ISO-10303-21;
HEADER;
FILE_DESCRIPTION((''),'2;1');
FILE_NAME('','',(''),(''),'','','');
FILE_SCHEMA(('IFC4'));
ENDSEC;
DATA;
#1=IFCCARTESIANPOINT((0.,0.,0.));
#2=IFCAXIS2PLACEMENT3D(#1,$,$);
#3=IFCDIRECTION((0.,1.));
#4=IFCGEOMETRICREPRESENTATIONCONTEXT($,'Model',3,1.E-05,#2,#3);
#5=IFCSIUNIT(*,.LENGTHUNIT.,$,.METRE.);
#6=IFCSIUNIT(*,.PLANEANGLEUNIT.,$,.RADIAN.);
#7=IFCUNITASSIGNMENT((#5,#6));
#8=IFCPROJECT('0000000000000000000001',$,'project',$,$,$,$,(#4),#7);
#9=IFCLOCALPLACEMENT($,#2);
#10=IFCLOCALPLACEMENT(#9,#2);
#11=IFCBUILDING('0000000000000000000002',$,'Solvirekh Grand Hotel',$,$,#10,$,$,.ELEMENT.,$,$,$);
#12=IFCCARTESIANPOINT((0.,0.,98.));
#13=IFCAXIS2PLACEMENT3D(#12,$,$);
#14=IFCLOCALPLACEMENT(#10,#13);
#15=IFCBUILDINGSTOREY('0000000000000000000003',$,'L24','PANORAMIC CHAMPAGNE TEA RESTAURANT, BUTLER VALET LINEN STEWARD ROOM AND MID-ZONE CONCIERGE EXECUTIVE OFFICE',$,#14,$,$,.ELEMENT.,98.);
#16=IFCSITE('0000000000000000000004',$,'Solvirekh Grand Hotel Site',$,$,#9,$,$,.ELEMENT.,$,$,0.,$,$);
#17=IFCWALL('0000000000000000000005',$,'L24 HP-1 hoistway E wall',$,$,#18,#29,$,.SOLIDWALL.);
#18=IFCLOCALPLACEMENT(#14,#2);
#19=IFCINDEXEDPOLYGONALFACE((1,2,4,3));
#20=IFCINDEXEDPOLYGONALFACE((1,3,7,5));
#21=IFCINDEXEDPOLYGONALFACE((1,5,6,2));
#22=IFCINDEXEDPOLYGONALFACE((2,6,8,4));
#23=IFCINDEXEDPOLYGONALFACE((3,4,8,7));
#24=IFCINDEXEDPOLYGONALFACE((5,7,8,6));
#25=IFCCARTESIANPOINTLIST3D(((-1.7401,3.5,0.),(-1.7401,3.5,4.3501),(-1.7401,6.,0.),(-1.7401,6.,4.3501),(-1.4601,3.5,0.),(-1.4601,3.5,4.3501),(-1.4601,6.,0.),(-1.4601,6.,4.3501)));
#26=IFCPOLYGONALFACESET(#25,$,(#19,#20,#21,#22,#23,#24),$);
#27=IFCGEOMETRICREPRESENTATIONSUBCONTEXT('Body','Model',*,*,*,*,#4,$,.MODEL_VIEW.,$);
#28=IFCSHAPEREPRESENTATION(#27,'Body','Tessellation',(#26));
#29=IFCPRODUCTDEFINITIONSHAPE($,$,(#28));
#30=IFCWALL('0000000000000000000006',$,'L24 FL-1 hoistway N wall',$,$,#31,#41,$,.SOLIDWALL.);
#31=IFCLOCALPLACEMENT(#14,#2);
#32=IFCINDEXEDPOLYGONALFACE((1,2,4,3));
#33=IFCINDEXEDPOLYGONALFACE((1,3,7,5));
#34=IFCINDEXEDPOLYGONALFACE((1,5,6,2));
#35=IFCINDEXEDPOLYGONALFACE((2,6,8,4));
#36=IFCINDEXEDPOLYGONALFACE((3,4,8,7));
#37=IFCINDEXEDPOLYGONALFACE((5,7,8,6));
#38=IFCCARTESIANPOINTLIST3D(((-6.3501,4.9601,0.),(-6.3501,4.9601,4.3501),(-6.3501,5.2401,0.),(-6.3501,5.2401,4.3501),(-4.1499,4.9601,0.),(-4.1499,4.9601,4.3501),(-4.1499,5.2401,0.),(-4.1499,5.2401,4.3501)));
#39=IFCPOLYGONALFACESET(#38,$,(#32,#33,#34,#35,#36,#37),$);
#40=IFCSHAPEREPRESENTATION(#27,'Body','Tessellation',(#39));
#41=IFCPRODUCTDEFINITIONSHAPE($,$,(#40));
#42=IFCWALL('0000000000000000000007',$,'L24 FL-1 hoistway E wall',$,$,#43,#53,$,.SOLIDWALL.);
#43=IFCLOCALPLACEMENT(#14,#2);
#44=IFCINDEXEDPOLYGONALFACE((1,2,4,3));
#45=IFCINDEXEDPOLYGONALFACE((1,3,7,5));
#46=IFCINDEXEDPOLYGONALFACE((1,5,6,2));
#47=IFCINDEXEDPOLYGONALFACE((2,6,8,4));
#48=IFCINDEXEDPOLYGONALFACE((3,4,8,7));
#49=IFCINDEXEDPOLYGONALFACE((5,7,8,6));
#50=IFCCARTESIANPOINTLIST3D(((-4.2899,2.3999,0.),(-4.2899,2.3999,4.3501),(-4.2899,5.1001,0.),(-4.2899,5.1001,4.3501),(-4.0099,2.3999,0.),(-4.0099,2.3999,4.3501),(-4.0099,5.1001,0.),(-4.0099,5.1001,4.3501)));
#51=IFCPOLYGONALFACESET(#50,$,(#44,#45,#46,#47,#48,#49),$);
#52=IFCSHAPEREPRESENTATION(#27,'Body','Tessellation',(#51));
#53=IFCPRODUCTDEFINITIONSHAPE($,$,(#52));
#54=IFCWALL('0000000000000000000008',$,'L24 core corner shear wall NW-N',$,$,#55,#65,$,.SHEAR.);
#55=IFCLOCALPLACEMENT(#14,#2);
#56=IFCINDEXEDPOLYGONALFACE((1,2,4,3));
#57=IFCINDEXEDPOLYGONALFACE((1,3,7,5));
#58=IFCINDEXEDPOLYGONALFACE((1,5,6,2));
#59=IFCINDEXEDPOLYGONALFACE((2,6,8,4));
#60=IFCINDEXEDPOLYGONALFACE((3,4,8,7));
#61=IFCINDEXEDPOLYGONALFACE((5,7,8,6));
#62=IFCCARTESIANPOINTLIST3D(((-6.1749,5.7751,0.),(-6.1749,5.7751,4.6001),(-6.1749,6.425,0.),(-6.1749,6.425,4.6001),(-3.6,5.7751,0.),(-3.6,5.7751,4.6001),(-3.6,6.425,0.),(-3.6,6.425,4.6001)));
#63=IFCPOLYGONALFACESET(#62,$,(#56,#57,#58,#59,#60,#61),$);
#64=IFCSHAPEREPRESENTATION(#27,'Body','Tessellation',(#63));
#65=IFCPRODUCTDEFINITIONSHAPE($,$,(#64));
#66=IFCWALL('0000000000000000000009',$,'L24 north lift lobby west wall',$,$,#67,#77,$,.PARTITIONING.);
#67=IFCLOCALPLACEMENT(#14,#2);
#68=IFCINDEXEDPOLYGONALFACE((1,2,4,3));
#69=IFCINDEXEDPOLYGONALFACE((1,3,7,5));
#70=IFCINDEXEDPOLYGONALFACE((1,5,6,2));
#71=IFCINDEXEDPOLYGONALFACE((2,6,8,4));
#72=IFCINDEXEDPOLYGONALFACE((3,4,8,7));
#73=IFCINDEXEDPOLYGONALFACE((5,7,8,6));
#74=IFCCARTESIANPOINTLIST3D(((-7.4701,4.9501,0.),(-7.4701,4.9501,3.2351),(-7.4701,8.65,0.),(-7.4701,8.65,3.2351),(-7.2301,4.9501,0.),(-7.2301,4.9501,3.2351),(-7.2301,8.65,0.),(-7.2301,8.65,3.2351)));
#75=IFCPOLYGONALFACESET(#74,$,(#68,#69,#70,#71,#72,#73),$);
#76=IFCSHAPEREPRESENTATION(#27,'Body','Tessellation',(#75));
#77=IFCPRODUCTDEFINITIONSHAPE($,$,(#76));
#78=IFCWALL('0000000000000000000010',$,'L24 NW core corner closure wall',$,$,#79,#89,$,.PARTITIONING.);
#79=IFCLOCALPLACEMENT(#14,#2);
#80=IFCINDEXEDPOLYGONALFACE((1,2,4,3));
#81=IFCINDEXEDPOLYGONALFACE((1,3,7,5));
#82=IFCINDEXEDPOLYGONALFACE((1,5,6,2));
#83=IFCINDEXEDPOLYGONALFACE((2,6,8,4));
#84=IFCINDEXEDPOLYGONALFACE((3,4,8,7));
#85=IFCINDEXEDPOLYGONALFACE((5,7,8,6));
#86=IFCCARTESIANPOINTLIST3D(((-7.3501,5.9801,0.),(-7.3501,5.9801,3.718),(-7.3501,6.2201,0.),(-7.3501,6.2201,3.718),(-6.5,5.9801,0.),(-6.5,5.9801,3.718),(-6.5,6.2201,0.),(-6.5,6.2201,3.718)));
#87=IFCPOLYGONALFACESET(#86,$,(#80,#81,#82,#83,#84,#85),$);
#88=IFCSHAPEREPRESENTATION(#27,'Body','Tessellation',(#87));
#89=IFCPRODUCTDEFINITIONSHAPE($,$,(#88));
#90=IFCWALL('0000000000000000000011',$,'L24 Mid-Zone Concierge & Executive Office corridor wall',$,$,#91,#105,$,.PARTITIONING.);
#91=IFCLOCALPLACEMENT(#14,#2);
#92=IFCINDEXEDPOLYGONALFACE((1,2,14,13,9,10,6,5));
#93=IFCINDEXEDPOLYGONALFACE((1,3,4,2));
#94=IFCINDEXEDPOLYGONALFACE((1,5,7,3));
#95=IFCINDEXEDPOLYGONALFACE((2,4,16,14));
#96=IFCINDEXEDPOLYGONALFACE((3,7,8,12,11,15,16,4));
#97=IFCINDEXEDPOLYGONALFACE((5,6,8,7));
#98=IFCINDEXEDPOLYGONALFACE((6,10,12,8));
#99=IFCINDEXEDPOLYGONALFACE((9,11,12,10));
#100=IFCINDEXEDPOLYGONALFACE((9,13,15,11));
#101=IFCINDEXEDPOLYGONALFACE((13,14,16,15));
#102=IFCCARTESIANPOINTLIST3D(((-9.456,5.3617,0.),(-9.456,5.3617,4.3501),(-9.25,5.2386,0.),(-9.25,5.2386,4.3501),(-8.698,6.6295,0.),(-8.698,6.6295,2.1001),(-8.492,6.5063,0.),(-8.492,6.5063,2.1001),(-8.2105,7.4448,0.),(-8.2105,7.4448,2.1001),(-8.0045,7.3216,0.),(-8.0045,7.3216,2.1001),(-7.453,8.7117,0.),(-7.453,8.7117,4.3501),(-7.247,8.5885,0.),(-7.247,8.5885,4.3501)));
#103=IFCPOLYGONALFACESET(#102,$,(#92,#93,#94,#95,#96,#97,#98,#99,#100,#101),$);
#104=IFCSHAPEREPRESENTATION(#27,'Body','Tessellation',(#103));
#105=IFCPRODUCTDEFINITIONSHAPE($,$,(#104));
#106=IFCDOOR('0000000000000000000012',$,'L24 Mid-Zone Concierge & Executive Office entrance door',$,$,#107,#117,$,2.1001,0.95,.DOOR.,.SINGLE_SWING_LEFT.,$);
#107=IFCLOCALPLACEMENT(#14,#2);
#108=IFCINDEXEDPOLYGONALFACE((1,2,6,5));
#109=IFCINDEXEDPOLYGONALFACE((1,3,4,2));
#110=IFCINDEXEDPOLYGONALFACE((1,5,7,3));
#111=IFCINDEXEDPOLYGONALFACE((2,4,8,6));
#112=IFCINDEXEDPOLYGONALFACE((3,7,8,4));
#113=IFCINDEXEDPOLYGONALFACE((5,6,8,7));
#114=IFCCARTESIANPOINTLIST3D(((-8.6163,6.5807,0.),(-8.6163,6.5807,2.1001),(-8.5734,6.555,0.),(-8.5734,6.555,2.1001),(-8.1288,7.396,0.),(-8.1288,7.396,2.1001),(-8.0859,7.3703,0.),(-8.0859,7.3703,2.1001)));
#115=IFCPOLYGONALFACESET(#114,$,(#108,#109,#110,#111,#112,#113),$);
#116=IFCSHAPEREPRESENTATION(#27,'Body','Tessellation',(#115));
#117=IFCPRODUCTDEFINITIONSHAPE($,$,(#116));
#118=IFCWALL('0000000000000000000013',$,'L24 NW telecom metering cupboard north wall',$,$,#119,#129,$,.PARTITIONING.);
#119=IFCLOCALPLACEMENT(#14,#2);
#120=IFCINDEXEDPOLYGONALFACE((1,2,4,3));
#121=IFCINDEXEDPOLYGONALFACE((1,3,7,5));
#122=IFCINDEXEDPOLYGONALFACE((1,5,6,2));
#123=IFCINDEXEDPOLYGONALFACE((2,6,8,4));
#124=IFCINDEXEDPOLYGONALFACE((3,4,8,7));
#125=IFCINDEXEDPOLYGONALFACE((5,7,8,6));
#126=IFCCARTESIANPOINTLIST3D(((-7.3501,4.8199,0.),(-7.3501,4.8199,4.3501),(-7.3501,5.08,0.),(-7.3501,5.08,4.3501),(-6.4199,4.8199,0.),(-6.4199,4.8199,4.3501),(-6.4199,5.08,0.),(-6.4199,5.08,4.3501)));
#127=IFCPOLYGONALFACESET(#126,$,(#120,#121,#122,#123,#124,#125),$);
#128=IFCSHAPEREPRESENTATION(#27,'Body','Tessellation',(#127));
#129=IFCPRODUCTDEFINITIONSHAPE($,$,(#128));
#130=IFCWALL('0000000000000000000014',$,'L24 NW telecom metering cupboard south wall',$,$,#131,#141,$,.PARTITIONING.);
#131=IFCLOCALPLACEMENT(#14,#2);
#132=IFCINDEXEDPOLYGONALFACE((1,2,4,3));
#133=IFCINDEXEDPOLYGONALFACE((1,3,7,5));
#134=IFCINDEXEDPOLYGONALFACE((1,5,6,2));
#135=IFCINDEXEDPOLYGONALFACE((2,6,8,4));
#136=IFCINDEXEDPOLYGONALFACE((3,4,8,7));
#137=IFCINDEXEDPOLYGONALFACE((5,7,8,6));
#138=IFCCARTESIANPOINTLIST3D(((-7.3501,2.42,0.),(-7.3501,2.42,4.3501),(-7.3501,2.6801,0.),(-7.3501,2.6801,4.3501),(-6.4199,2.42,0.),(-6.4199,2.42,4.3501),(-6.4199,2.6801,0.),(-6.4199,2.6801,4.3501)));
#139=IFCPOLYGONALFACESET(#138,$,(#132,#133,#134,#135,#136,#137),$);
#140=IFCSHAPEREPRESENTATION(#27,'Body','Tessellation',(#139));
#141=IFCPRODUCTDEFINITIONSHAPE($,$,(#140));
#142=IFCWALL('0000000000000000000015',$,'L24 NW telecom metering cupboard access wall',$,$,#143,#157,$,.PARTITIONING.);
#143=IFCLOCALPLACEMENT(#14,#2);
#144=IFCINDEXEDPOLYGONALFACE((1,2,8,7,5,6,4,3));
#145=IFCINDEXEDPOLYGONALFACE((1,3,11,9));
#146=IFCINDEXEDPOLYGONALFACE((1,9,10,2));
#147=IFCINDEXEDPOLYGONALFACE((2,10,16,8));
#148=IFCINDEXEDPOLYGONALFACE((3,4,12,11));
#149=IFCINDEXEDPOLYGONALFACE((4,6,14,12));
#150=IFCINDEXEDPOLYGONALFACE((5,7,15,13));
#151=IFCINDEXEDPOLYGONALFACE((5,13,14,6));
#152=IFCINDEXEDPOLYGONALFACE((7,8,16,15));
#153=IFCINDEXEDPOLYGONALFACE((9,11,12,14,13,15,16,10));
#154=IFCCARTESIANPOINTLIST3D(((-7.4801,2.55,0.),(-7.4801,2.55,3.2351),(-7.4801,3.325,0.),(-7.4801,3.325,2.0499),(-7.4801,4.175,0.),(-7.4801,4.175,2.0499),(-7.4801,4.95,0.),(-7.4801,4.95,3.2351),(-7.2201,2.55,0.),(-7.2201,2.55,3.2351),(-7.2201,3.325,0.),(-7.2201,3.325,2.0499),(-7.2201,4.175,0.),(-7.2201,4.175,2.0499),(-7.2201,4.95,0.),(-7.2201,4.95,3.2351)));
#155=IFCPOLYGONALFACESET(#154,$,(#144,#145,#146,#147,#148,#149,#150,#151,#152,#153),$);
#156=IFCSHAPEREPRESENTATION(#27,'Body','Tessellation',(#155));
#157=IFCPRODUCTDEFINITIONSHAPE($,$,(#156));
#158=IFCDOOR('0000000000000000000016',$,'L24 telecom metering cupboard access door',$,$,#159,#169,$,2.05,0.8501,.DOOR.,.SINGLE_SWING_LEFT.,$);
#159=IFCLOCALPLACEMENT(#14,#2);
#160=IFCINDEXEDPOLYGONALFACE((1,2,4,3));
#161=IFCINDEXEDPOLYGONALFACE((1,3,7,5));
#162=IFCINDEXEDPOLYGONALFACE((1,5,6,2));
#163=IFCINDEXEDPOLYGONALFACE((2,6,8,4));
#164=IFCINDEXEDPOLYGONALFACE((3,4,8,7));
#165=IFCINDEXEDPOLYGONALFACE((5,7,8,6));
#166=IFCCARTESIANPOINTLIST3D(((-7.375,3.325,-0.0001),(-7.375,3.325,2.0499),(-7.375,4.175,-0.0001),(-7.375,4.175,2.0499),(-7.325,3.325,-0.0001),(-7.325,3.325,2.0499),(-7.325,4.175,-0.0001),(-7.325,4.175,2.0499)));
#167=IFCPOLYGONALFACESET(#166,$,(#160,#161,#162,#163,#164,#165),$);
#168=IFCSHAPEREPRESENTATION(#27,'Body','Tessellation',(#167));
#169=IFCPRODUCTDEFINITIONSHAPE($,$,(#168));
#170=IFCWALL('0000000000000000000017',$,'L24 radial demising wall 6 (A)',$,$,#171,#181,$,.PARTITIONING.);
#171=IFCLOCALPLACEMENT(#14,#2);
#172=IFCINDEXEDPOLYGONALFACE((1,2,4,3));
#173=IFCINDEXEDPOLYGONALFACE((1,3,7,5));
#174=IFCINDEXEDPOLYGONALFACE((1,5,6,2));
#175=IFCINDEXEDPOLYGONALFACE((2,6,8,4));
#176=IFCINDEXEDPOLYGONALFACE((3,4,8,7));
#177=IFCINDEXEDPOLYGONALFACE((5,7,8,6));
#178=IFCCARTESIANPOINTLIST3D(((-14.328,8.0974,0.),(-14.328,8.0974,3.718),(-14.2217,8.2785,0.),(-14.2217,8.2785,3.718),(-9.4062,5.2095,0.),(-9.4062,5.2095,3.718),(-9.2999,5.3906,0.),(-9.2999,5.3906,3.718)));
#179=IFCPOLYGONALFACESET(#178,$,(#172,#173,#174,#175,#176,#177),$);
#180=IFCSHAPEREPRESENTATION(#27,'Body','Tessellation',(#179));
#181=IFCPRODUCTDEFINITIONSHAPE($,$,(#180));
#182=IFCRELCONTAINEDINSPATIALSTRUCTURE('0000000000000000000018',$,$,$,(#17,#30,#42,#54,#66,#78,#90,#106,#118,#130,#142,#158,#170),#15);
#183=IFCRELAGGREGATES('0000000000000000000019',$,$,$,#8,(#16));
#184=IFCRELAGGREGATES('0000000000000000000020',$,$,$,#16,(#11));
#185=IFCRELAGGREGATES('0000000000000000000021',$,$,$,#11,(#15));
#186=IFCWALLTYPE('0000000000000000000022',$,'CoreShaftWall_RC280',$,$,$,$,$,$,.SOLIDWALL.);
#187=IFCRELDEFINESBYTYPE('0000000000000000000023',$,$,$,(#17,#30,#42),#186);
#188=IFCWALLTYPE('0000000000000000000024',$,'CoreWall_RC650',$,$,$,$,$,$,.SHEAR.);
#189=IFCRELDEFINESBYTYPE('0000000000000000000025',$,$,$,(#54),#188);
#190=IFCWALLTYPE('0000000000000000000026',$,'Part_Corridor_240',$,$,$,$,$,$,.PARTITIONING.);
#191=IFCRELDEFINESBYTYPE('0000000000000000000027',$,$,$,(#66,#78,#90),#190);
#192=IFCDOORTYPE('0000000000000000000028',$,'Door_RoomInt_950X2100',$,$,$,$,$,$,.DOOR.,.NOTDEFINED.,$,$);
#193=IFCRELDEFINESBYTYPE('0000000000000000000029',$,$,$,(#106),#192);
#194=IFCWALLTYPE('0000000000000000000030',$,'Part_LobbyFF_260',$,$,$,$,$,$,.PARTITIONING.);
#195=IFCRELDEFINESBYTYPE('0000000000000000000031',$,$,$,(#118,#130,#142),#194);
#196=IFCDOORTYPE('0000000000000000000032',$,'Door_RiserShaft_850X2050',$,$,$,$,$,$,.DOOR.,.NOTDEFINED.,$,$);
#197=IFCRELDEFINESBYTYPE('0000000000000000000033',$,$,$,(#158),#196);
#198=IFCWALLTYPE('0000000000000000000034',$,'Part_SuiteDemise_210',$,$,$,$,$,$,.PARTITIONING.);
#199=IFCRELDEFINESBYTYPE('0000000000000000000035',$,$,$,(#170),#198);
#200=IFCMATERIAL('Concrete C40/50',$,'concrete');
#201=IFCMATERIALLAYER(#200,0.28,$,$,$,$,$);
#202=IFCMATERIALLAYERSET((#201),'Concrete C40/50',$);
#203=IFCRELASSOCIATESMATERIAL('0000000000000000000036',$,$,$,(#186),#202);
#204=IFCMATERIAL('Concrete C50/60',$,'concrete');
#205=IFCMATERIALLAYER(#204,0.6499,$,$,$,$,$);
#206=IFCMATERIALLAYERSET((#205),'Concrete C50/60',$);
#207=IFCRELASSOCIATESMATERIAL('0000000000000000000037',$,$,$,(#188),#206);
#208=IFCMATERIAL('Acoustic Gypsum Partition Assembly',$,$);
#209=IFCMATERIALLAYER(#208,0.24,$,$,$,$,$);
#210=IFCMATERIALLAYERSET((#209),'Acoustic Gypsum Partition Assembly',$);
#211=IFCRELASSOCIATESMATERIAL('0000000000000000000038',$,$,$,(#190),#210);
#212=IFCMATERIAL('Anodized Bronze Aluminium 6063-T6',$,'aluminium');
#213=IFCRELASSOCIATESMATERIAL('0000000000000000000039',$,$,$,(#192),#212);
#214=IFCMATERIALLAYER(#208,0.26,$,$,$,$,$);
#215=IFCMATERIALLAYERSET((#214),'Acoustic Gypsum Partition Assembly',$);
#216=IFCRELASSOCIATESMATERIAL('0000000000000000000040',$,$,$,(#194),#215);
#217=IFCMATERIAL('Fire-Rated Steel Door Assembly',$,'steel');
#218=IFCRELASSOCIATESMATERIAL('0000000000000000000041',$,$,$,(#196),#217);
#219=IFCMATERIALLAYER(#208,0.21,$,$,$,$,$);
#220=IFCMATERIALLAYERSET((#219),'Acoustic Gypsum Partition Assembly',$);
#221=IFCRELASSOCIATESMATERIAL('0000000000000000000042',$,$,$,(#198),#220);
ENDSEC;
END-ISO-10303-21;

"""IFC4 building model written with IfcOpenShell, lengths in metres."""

from ifc_helpers import new_model, si_unit, direction, frame, frame_2d, origin, place, context, subcontext, project, spatial, rectangle, extrude, material, layer, layer_set, type_object, element, fill, save


model = new_model("IFC4")

# Units and contexts
model_context = context("Model", 3, precision=1e-05, world=origin(), true_north=direction((0.0, 1.0)))
body_context = subcontext(model_context, "Body", "Model", "MODEL_VIEW")
ifc_project = project(units=[si_unit("LENGTHUNIT", "METRE"), si_unit("PLANEANGLEUNIT", "RADIAN")], contexts=[model_context])

# Site, building, storey
site_placement = place(None, origin())
site = spatial("IfcSite", under=ifc_project, at=site_placement, Name="Solvirekh Grand Hotel Site", CompositionType="ELEMENT", RefElevation=0.0)
building_placement = place(site_placement, origin())
building = spatial("IfcBuilding", under=site, at=building_placement, Name="Solvirekh Grand Hotel", CompositionType="ELEMENT")
storey_placement = place(building_placement, frame((0.0, 0.0, 98.0)))
storey = spatial("IfcBuildingStorey", under=building, at=storey_placement, Name="L24", Description="PANORAMIC CHAMPAGNE TEA RESTAURANT, BUTLER VALET LINEN STEWARD ROOM AND MID-ZONE CONCIERGE EXECUTIVE OFFICE", CompositionType="ELEMENT", Elevation=98.0)

# Shared definitions
ifc_material_1 = material(Name="Concrete C50/60", Category="concrete")

# Shared definitions
ifc_material_2 = material(Name="Concrete C40/50", Category="concrete")
ifc_layer_1 = layer(ifc_material_2, 0.28)
ifc_layer_set_1 = layer_set([ifc_layer_1], Name="Concrete C40/50")
wall_type_1 = type_object("IfcWallType", Name="CoreShaftWall_RC280", PredefinedType="SOLIDWALL", material=ifc_layer_set_1)
ifc_material_3 = material(Name="Fire-Rated Steel Door Assembly", Category="steel")

# Walls
for number, where, z_axis, x_axis, name in (
    (1, (-1.6001, 3.5, 0.0), (0.0, 0.0, 1.0), (0.0, 1.0, 0.0), "L24 HP-1 hoistway E wall"),
):
    element("IfcWall", number, at=place(storey_placement, frame(where, z_axis=z_axis, x_axis=x_axis)), inside=storey, type_object=wall_type_1, Name=name, PredefinedType="SOLIDWALL", context=body_context, shape_type="SweptSolid", body=[
        extrude(rectangle(XDim=2.5, YDim=0.28, at=frame_2d((1.25, 0.0))), origin(), (0.0, 0.0, 1.0), 4.3501),
    ])
wall_1_placement = place(storey_placement, frame((-4.1499, 5.1001, 0.0), z_axis=(0.0, 0.0, 1.0), x_axis=(-1.0, 0.0, 0.0)))
element("IfcWall", 2, at=wall_1_placement, inside=storey, type_object=wall_type_1, Name="L24 FL-1 hoistway N wall", PredefinedType="SOLIDWALL", context=body_context, shape_type="SweptSolid", body=[
    extrude(rectangle(XDim=2.2002, YDim=0.28, at=frame_2d((1.1001, 0.0))), origin(), (0.0, 0.0, 1.0), 4.3501),
])
wall_2_placement = place(storey_placement, frame((-4.1499, 2.3999, 0.0), z_axis=(0.0, 0.0, 1.0), x_axis=(0.0, 1.0, 0.0)))
element("IfcWall", 3, at=wall_2_placement, inside=storey, type_object=wall_type_1, Name="L24 FL-1 hoistway E wall", PredefinedType="SOLIDWALL", context=body_context, shape_type="SweptSolid", body=[
    extrude(rectangle(XDim=2.7002, YDim=0.28, at=frame_2d((1.3501, 0.0))), origin(), (0.0, 0.0, 1.0), 4.3501),
])
ifc_layer_2 = layer(ifc_material_1, 0.6499)
ifc_layer_set_2 = layer_set([ifc_layer_2], Name="Concrete C50/60")
wall_type_2 = type_object("IfcWallType", Name="CoreWall_RC650", PredefinedType="SHEAR", material=ifc_layer_set_2)
wall_3_placement = place(storey_placement, frame((-6.175, 6.1001, 0.0), z_axis=(0.0, 0.0, 1.0), x_axis=(1.0, 0.0, 0.0)))
element("IfcWall", 4, at=wall_3_placement, inside=storey, type_object=wall_type_2, Name="L24 core corner shear wall NW-N", PredefinedType="SHEAR", context=body_context, shape_type="SweptSolid", body=[
    extrude(rectangle(XDim=2.575, YDim=0.6499, at=frame_2d((1.2876, 0.0))), origin(), (0.0, 0.0, 1.0), 4.6001),
])
ifc_material_4 = material(Name="Acoustic Gypsum Partition Assembly")
ifc_layer_3 = layer(ifc_material_4, 0.24)
ifc_layer_set_3 = layer_set([ifc_layer_3], Name="Acoustic Gypsum Partition Assembly")
wall_type_3 = type_object("IfcWallType", Name="Part_Corridor_240", PredefinedType="PARTITIONING", material=ifc_layer_set_3)
wall_4_placement = place(storey_placement, frame((-7.3501, 4.95, 0.0), z_axis=(0.0, 0.0, 1.0), x_axis=(0.0, 1.0, 0.0)))
element("IfcWall", 5, at=wall_4_placement, inside=storey, type_object=wall_type_3, Name="L24 north lift lobby west wall", PredefinedType="PARTITIONING", context=body_context, shape_type="SweptSolid", body=[
    extrude(rectangle(XDim=3.7, YDim=0.24, at=frame_2d((1.8501, 0.0))), origin(), (0.0, 0.0, 1.0), 3.2351),
])
wall_5_placement = place(storey_placement, frame((-7.3501, 6.1001, 0.0), z_axis=(0.0, 0.0, 1.0), x_axis=(1.0, 0.0, 0.0)))
element("IfcWall", 6, at=wall_5_placement, inside=storey, type_object=wall_type_3, Name="L24 NW core corner closure wall", PredefinedType="PARTITIONING", context=body_context, shape_type="SweptSolid", body=[
    extrude(rectangle(XDim=0.8501, YDim=0.24, at=frame_2d((0.425, 0.0))), origin(), (0.0, 0.0, 1.0), 3.718),
])

# Wall, opening, door
wall_6_placement = place(storey_placement, frame((-9.353, 5.3, 0.0), z_axis=(0.0, 0.0, 1.0), x_axis=(0.51318, 0.858281, 0.0)))
wall_6 = element("IfcWall", 7, at=wall_6_placement, inside=storey, type_object=wall_type_3, Name="L24 Mid-Zone Concierge & Executive Office corridor wall", PredefinedType="PARTITIONING", context=body_context, shape_type="SweptSolid", body=[
    extrude(rectangle(XDim=3.9031, YDim=0.24, at=frame_2d((1.9517, 0.0))), origin(), (0.0, 0.0, 1.0), 4.3501),
])
opening_1_placement = place(wall_6_placement, frame((1.4771, 0.0, 0.0)))
opening_1 = element("IfcOpeningElement", 8, at=opening_1_placement, cuts=wall_6, PredefinedType="OPENING", context=body_context, shape_type="SweptSolid", body=[
    extrude(rectangle(XDim=0.95, YDim=2.1001, at=frame_2d((0.4751, 1.05))), frame((0.0, 0.1299, 0.0), z_axis=(0.0, -1.0, 0.0), x_axis=(1.0, 0.0, 0.0)), (0.0, 0.0, 1.0), 0.26),
])
ifc_material_5 = material(Name="Anodized Bronze Aluminium 6063-T6", Category="aluminium")
door_type_1 = type_object("IfcDoorType", Name="Door_RoomInt_950X2100", OperationType="NOTDEFINED", PredefinedType="DOOR", material=ifc_material_5)
door_1_placement = place(opening_1_placement, origin())
door_1 = element("IfcDoor", 9, at=door_1_placement, inside=storey, type_object=door_type_1, Name="L24 Mid-Zone Concierge & Executive Office entrance door", OperationType="SINGLE_SWING_LEFT", OverallHeight=2.1001, OverallWidth=0.95, PredefinedType="DOOR", context=body_context, shape_type="SweptSolid", body=[
    extrude(rectangle(XDim=0.95, YDim=2.1001, at=frame_2d((0.4751, 1.05))), frame((0.0, 0.0249, 0.0), z_axis=(0.0, -1.0, 0.0), x_axis=(1.0, 0.0, 0.0)), (0.0, 0.0, 1.0), 0.05),
])
fill(opening_1, door_1)

# Walls
ifc_layer_4 = layer(ifc_material_4, 0.26)
ifc_layer_set_4 = layer_set([ifc_layer_4], Name="Acoustic Gypsum Partition Assembly")
wall_type_4 = type_object("IfcWallType", Name="Part_LobbyFF_260", PredefinedType="PARTITIONING", material=ifc_layer_set_4)
for number, where, z_axis, x_axis, name in (
    (10, (-7.3501, 4.95, 0.0), (0.0, 0.0, 1.0), (1.0, 0.0, 0.0), "L24 NW telecom metering cupboard north wall"),
    (11, (-7.3501, 2.55, 0.0), (0.0, 0.0, 1.0), (1.0, 0.0, 0.0), "L24 NW telecom metering cupboard south wall"),
):
    element("IfcWall", number, at=place(storey_placement, frame(where, z_axis=z_axis, x_axis=x_axis)), inside=storey, type_object=wall_type_4, Name=name, PredefinedType="PARTITIONING", context=body_context, shape_type="SweptSolid", body=[
        extrude(rectangle(XDim=0.9302, YDim=0.26, at=frame_2d((0.4651, 0.0))), origin(), (0.0, 0.0, 1.0), 4.3501),
    ])

# Wall, opening, door
wall_7_placement = place(storey_placement, frame((-7.3501, 2.55, 0.0), z_axis=(0.0, 0.0, 1.0), x_axis=(0.0, 1.0, 0.0)))
wall_7 = element("IfcWall", 12, at=wall_7_placement, inside=storey, type_object=wall_type_4, Name="L24 NW telecom metering cupboard access wall", PredefinedType="PARTITIONING", context=body_context, shape_type="SweptSolid", body=[
    extrude(rectangle(XDim=2.3999, YDim=0.26, at=frame_2d((1.2, 0.0))), origin(), (0.0, 0.0, 1.0), 3.2351),
])
opening_2_placement = place(wall_7_placement, frame((0.7749, 0.0, 0.0)))
opening_2 = element("IfcOpeningElement", 13, at=opening_2_placement, cuts=wall_7, PredefinedType="OPENING", context=body_context, shape_type="SweptSolid", body=[
    extrude(rectangle(XDim=0.8501, YDim=2.05, at=frame_2d((0.425, 1.0249))), frame((0.0, 0.1401, 0.0), z_axis=(0.0, -1.0, 0.0), x_axis=(1.0, 0.0, 0.0)), (0.0, 0.0, 1.0), 0.28),
])
door_type_2 = type_object("IfcDoorType", Name="Door_RiserShaft_850X2050", OperationType="NOTDEFINED", PredefinedType="DOOR", material=ifc_material_3)
door_2_placement = place(opening_2_placement, origin())
door_2 = element("IfcDoor", 14, at=door_2_placement, inside=storey, type_object=door_type_2, Name="L24 telecom metering cupboard access door", OperationType="SINGLE_SWING_LEFT", OverallHeight=2.05, OverallWidth=0.8501, PredefinedType="DOOR", context=body_context, shape_type="SweptSolid", body=[
    extrude(rectangle(XDim=0.8501, YDim=2.05, at=frame_2d((0.425, 1.0249))), frame((0.0, 0.0249, 0.0), z_axis=(0.0, -1.0, 0.0), x_axis=(1.0, 0.0, 0.0)), (0.0, 0.0, 1.0), 0.05),
])
fill(opening_2, door_2)

# Wall
ifc_layer_5 = layer(ifc_material_4, 0.21)
ifc_layer_set_5 = layer_set([ifc_layer_5], Name="Acoustic Gypsum Partition Assembly")
wall_type_5 = type_object("IfcWallType", Name="Part_SuiteDemise_210", PredefinedType="PARTITIONING", material=ifc_layer_set_5)
wall_8_placement = place(storey_placement, frame((-9.353, 5.3, 0.0), z_axis=(0.0, 0.0, 1.0), x_axis=(-0.862491, 0.506072, 0.0)))
element("IfcWall", 15, at=wall_8_placement, inside=storey, type_object=wall_type_5, Name="L24 radial demising wall 6 (A)", PredefinedType="PARTITIONING", context=body_context, shape_type="SweptSolid", body=[
    extrude(rectangle(XDim=5.7065, YDim=0.21, at=frame_2d((2.8533, 0.0))), origin(), (0.0, 0.0, 1.0), 3.718),
])

save(model, "model.ifc")
